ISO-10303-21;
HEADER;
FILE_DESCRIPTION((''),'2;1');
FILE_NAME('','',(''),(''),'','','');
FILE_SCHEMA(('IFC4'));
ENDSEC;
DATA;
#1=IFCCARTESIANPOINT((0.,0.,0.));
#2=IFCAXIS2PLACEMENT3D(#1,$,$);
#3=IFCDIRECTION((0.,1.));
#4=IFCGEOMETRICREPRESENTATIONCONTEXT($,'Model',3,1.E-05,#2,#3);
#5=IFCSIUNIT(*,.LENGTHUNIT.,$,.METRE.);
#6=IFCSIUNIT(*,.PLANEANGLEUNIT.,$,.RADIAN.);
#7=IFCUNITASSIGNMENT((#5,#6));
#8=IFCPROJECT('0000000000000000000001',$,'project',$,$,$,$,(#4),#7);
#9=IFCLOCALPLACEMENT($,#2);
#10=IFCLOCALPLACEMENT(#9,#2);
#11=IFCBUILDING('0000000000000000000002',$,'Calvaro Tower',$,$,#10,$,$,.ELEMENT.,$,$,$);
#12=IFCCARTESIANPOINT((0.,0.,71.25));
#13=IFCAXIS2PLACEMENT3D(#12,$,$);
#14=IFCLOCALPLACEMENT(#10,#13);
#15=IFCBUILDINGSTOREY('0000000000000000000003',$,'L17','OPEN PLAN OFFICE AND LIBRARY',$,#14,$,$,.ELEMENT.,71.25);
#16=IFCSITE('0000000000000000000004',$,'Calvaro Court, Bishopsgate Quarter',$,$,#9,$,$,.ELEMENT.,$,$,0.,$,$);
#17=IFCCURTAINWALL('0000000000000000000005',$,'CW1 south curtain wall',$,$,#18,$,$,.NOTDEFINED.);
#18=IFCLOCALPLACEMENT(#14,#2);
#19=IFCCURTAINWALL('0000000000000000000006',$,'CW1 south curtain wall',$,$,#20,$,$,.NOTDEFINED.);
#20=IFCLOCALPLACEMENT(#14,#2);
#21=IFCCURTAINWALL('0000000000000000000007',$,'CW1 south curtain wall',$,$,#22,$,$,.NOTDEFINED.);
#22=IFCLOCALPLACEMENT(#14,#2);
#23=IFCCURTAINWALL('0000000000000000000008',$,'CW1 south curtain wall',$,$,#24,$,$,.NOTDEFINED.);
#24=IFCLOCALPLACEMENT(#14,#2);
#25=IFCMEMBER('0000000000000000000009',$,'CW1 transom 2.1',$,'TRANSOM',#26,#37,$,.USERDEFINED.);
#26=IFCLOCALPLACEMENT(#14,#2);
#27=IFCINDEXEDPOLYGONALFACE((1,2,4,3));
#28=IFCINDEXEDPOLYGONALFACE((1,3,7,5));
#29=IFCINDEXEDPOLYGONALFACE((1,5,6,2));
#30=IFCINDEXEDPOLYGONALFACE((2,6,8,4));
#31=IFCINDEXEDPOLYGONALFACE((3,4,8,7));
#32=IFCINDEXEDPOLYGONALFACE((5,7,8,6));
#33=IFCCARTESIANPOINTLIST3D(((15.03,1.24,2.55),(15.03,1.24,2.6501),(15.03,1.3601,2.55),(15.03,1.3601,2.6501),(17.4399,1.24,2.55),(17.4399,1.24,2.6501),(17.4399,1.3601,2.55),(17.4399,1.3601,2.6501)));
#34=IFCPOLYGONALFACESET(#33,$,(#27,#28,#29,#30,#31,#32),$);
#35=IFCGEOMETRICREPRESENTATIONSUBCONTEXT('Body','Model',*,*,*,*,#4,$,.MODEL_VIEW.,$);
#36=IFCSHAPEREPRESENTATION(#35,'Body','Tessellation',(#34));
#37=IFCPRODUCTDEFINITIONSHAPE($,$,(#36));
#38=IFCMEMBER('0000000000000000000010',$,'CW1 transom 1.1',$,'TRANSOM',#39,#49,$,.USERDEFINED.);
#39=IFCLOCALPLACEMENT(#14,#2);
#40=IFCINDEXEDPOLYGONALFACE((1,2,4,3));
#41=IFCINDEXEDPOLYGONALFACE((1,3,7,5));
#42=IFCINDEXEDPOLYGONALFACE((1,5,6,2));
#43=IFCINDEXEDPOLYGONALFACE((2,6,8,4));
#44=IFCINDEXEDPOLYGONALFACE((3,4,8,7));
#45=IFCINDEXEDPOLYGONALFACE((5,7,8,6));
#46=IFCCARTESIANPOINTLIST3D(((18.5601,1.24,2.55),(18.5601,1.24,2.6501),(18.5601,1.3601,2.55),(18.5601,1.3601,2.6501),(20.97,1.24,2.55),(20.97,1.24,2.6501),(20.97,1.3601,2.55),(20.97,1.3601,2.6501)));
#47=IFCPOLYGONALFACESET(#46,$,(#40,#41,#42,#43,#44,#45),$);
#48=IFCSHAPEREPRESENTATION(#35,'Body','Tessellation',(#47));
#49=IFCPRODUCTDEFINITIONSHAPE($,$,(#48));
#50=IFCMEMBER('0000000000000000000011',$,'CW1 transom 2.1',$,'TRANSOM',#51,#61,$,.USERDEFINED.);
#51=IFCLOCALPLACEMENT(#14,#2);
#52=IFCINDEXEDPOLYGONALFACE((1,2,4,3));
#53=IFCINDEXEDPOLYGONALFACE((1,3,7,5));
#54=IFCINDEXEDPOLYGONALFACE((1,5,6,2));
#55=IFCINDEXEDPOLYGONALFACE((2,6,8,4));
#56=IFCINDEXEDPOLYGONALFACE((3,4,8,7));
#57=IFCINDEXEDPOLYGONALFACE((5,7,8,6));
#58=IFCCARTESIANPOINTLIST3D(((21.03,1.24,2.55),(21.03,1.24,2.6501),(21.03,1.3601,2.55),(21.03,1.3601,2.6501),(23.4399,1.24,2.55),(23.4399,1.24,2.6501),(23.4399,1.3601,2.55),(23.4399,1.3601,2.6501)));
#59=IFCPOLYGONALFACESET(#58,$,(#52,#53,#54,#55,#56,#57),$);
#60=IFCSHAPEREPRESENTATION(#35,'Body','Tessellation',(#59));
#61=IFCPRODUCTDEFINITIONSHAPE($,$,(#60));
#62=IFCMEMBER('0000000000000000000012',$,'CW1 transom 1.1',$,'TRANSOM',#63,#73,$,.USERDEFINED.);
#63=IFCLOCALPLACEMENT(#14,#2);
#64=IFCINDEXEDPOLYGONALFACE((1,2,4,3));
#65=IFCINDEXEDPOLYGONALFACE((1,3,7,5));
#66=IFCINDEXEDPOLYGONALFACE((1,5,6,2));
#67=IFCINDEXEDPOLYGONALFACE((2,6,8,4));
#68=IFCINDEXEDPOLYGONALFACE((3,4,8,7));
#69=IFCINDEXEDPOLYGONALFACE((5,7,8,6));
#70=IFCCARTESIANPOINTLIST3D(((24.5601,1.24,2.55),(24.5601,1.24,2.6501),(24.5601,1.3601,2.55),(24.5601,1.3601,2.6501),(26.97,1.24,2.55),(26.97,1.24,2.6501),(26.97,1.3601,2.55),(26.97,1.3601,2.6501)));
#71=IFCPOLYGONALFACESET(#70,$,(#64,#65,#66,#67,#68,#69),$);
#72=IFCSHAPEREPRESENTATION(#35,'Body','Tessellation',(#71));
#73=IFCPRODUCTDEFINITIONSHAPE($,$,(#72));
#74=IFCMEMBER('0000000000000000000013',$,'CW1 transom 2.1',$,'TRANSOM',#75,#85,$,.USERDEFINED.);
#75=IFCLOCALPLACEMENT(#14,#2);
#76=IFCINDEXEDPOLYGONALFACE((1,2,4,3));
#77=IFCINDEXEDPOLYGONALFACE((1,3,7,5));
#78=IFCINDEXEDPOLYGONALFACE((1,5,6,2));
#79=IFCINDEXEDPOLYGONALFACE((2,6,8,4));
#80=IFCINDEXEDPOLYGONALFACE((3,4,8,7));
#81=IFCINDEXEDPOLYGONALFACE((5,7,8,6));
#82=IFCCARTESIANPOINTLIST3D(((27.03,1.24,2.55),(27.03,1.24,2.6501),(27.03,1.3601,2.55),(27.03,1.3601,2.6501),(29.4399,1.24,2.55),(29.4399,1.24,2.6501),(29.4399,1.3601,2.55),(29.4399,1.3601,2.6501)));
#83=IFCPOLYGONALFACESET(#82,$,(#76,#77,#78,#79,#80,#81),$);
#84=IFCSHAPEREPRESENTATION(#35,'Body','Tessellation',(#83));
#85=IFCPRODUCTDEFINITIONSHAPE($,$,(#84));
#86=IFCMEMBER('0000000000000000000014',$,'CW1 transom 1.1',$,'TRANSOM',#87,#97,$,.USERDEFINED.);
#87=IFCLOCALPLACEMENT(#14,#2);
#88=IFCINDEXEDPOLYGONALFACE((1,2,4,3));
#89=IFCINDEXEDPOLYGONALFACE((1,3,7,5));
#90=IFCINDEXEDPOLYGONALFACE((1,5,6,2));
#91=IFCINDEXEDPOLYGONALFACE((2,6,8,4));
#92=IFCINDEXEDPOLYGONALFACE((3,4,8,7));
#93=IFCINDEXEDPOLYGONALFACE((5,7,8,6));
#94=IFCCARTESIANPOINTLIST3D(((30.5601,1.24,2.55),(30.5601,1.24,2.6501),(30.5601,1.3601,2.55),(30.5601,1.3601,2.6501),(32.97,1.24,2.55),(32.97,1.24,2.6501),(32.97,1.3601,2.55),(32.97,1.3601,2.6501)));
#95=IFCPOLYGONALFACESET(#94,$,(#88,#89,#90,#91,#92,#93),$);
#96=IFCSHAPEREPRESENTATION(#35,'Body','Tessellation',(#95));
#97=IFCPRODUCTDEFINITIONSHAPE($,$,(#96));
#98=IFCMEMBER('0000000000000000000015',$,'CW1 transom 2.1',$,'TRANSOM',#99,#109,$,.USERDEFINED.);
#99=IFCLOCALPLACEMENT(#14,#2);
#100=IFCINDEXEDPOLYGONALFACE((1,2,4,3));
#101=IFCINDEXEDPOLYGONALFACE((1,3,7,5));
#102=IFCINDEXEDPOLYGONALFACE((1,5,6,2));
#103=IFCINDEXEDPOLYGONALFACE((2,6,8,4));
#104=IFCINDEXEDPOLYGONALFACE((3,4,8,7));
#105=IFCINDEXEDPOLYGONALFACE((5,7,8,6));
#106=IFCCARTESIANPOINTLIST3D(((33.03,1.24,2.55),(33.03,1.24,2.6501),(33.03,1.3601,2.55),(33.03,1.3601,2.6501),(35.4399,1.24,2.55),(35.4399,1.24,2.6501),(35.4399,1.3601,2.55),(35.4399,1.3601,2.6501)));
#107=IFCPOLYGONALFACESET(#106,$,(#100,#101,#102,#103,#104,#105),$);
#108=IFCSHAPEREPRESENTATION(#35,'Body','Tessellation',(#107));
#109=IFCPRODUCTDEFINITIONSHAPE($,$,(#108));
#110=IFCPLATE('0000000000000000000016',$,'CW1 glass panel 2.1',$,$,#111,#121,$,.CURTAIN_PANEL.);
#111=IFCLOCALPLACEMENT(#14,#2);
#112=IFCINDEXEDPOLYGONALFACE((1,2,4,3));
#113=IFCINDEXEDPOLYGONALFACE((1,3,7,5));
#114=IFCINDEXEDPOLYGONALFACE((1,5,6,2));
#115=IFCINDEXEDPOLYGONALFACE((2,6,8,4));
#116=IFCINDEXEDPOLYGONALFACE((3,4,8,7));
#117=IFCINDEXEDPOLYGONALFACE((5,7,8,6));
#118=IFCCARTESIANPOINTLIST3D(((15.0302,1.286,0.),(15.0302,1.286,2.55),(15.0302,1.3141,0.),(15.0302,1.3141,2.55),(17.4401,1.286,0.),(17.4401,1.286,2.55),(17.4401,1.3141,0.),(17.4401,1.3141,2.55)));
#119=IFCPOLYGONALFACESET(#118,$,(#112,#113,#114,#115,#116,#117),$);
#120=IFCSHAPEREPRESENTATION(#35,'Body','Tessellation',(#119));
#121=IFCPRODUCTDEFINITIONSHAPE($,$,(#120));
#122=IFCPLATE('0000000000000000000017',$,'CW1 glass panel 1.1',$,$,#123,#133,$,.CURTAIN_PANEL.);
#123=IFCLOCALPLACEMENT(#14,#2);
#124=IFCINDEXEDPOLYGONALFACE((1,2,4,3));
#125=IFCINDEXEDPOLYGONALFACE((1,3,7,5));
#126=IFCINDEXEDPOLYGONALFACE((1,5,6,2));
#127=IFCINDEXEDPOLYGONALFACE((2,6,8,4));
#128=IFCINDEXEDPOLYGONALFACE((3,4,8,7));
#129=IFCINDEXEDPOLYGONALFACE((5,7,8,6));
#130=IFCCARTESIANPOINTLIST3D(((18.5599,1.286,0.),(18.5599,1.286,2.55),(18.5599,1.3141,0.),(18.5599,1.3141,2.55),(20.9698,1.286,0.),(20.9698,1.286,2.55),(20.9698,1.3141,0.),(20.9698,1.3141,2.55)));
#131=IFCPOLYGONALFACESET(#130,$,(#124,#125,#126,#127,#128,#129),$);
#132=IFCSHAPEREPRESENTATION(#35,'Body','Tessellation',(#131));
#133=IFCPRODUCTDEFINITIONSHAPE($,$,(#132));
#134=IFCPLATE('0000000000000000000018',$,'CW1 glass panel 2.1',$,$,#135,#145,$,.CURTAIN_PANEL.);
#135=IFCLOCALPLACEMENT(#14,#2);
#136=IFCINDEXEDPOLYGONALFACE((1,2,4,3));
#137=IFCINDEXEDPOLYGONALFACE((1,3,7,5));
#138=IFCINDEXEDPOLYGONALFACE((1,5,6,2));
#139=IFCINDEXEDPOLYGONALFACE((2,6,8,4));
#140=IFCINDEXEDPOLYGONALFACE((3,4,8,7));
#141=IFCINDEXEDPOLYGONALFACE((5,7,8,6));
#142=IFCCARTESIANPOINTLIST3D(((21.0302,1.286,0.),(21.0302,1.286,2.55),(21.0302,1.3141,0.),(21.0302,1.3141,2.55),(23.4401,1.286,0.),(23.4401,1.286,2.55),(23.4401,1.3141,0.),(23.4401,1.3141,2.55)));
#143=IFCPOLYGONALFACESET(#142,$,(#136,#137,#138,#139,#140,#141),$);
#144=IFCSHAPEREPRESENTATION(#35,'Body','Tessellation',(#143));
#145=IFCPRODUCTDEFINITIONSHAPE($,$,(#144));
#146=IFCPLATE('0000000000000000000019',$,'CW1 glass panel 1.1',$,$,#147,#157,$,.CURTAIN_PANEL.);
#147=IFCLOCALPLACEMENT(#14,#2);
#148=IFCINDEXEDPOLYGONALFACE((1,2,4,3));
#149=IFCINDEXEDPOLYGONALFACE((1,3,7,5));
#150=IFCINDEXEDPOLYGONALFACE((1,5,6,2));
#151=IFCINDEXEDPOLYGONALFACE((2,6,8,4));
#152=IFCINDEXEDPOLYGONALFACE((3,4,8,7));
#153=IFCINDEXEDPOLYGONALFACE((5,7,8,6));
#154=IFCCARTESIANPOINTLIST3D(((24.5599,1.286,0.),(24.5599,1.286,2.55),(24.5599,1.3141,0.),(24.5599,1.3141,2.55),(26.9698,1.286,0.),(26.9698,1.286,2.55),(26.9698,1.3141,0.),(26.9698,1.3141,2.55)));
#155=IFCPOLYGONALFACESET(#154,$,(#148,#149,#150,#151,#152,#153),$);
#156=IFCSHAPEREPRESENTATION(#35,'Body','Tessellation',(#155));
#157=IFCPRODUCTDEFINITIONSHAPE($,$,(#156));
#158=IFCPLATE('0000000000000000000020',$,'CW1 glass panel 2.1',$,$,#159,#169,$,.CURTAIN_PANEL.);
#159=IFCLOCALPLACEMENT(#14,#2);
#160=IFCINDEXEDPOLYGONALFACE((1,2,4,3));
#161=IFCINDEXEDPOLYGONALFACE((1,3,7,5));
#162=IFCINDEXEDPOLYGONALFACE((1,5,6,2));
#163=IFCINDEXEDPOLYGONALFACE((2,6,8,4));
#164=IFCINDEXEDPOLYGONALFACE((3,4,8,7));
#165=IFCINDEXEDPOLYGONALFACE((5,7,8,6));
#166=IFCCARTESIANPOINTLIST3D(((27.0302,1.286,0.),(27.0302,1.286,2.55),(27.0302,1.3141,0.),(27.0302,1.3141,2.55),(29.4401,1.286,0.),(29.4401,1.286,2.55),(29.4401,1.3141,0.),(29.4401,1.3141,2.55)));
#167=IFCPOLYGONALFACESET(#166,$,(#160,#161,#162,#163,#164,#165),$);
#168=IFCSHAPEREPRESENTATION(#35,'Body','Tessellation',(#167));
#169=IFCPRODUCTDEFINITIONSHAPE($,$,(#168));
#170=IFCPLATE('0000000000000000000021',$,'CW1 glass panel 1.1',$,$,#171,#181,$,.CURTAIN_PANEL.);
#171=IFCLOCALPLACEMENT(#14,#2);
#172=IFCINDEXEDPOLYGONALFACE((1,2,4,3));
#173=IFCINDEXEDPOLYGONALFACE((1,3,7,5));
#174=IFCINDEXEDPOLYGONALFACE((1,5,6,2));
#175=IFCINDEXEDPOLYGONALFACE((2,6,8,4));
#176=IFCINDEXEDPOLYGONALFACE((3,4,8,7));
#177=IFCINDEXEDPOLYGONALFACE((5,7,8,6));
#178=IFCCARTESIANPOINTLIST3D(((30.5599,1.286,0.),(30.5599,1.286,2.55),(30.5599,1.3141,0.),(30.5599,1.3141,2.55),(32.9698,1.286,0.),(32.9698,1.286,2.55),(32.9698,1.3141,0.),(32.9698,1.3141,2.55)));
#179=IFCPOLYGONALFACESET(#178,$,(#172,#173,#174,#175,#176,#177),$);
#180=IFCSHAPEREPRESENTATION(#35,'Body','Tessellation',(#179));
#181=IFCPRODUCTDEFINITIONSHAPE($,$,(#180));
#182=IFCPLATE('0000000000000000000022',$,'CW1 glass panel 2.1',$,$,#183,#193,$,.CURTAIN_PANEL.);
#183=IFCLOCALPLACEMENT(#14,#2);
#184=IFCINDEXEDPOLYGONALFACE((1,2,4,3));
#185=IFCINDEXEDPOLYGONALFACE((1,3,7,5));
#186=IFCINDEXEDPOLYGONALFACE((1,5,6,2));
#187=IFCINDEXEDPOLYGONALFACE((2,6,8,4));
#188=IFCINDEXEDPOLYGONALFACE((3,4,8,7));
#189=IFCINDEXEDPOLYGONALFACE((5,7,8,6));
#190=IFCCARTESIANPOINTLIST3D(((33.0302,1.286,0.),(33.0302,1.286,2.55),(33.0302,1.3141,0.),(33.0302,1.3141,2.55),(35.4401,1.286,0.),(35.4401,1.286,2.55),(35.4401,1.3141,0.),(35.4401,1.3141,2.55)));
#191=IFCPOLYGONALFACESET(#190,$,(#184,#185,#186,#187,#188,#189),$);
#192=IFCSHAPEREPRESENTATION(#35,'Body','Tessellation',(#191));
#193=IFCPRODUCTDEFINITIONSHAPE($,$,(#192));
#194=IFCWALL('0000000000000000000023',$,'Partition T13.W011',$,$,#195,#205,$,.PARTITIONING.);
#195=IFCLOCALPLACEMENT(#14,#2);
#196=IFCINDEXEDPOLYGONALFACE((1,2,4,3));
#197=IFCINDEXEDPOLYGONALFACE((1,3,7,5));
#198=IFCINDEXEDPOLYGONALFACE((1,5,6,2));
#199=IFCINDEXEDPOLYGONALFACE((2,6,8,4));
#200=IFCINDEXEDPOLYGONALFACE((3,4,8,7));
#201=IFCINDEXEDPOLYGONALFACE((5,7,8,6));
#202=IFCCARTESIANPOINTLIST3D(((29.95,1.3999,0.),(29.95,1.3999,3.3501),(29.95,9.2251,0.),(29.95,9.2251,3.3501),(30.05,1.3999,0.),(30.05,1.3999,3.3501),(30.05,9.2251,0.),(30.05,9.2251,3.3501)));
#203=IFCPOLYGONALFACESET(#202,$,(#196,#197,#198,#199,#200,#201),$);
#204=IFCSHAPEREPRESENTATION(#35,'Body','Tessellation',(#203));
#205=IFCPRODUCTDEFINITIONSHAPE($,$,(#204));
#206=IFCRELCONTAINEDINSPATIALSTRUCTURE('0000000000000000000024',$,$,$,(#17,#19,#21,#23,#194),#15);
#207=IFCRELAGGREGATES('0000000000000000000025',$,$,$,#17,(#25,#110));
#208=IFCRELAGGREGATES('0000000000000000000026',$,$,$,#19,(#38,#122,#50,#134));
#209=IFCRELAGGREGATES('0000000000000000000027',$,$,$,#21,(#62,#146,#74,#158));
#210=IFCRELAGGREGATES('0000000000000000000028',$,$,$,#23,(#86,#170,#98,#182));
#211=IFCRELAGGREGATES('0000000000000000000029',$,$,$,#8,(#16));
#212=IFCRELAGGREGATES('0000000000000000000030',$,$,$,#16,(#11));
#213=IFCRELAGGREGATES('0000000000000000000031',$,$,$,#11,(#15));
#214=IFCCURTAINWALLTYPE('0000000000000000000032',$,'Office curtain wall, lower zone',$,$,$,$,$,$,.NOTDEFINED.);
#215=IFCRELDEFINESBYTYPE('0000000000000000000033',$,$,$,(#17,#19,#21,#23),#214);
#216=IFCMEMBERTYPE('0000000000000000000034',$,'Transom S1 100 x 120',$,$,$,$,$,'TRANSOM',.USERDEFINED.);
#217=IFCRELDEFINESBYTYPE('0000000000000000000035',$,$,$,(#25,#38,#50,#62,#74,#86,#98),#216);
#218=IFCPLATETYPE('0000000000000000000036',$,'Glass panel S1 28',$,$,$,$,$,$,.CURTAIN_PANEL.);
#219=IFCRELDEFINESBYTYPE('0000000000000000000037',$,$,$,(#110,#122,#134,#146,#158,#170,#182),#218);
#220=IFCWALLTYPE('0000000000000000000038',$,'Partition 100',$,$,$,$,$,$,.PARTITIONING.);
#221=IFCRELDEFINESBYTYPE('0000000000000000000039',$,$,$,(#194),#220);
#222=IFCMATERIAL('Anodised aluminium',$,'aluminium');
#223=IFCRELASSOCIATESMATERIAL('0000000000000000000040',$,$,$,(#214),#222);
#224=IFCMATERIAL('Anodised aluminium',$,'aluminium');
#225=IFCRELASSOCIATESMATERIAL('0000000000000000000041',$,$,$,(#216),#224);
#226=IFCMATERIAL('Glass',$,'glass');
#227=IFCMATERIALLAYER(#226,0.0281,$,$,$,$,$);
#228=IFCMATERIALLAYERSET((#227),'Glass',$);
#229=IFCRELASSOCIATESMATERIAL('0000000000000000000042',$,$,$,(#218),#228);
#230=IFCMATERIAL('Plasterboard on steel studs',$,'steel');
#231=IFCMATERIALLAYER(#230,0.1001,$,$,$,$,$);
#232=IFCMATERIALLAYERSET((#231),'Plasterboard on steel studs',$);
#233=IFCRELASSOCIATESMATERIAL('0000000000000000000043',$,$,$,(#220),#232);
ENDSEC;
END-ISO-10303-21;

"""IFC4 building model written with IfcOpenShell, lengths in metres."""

from ifc_helpers import new_model, si_unit, direction, frame, frame_2d, origin, origin_2d, place, context, subcontext, project, spatial, rectangle, extrude, material, layer, layer_set, material_profile, profile_set, type_object, element, aggregate, save


model = new_model("IFC4")

# Units and contexts
model_context = context("Model", 3, precision=1e-05, world=origin(), true_north=direction((0.0, 1.0)))
body_context = subcontext(model_context, "Body", "Model", "MODEL_VIEW")
ifc_project = project(units=[si_unit("LENGTHUNIT", "METRE"), si_unit("PLANEANGLEUNIT", "RADIAN")], contexts=[model_context])

# Site, building, storey
site_placement = place(None, origin())
site = spatial("IfcSite", under=ifc_project, at=site_placement, Name="Calvaro Court, Bishopsgate Quarter", CompositionType="ELEMENT", RefElevation=0.0)
building_placement = place(site_placement, origin())
building = spatial("IfcBuilding", under=site, at=building_placement, Name="Calvaro Tower", CompositionType="ELEMENT")
storey_placement = place(building_placement, frame((0.0, 0.0, 71.25)))
storey = spatial("IfcBuildingStorey", under=building, at=storey_placement, Name="L17", Description="OPEN PLAN OFFICE AND LIBRARY", CompositionType="ELEMENT", Elevation=71.25)

# Curtain walls
ifc_material_1 = material(Name="Anodised aluminium", Category="aluminium")
curtain_wall_type = type_object("IfcCurtainWallType", Name="Office curtain wall, lower zone", PredefinedType="NOTDEFINED", material=ifc_material_1)
curtain_wall_1_placement = place(storey_placement, origin())
curtain_wall_1 = element("IfcCurtainWall", 1, at=curtain_wall_1_placement, inside=storey, type_object=curtain_wall_type, Name="CW1 south curtain wall", PredefinedType="NOTDEFINED")
curtain_wall_2_placement = place(storey_placement, origin())
curtain_wall_2 = element("IfcCurtainWall", 2, at=curtain_wall_2_placement, inside=storey, type_object=curtain_wall_type, Name="CW1 south curtain wall", PredefinedType="NOTDEFINED")
curtain_wall_3_placement = place(storey_placement, origin())
curtain_wall_3 = element("IfcCurtainWall", 3, at=curtain_wall_3_placement, inside=storey, type_object=curtain_wall_type, Name="CW1 south curtain wall", PredefinedType="NOTDEFINED")
curtain_wall_4_placement = place(storey_placement, origin())
curtain_wall_4 = element("IfcCurtainWall", 4, at=curtain_wall_4_placement, inside=storey, type_object=curtain_wall_type, Name="CW1 south curtain wall", PredefinedType="NOTDEFINED")

# Members
ifc_material_2 = material(Name="Anodised aluminium", Category="aluminium")
ifc_material_profile_1 = material_profile(ifc_material_2, rectangle(XDim=0.1201, YDim=0.1001, at=origin_2d()), Name="Transom S1 100 x 120")
ifc_profile_set_1 = profile_set([ifc_material_profile_1], Name="Anodised aluminium")
member_type_1 = type_object("IfcMemberType", Name="Transom S1 100 x 120", ElementType="TRANSOM", PredefinedType="USERDEFINED", material=ifc_profile_set_1)
member_1_placement = place(storey_placement, frame((15.03, 1.3, 2.6001), z_axis=(1.0, 0.0, 0.0), x_axis=(0.0, 1.0, 0.0)))
member_1 = element("IfcMember", 5, at=member_1_placement, type_object=member_type_1, Name="CW1 transom 2.1", ObjectType="TRANSOM", PredefinedType="USERDEFINED", context=body_context, shape_type="SweptSolid", body=[
    extrude(rectangle(XDim=0.1201, YDim=0.1001, at=origin_2d()), origin(), (0.0, 0.0, 1.0), 2.4099),
])
member_2_placement = place(storey_placement, frame((18.5601, 1.3, 2.6001), z_axis=(1.0, 0.0, 0.0), x_axis=(0.0, 1.0, 0.0)))
member_2 = element("IfcMember", 6, at=member_2_placement, type_object=member_type_1, Name="CW1 transom 1.1", ObjectType="TRANSOM", PredefinedType="USERDEFINED", context=body_context, shape_type="SweptSolid", body=[
    extrude(rectangle(XDim=0.1201, YDim=0.1001, at=origin_2d()), origin(), (0.0, 0.0, 1.0), 2.4099),
])
member_3_placement = place(storey_placement, frame((21.03, 1.3, 2.6001), z_axis=(1.0, 0.0, 0.0), x_axis=(0.0, 1.0, 0.0)))
member_3 = element("IfcMember", 7, at=member_3_placement, type_object=member_type_1, Name="CW1 transom 2.1", ObjectType="TRANSOM", PredefinedType="USERDEFINED", context=body_context, shape_type="SweptSolid", body=[
    extrude(rectangle(XDim=0.1201, YDim=0.1001, at=origin_2d()), origin(), (0.0, 0.0, 1.0), 2.4099),
])
member_4_placement = place(storey_placement, frame((24.5601, 1.3, 2.6001), z_axis=(1.0, 0.0, 0.0), x_axis=(0.0, 1.0, 0.0)))
member_4 = element("IfcMember", 8, at=member_4_placement, type_object=member_type_1, Name="CW1 transom 1.1", ObjectType="TRANSOM", PredefinedType="USERDEFINED", context=body_context, shape_type="SweptSolid", body=[
    extrude(rectangle(XDim=0.1201, YDim=0.1001, at=origin_2d()), origin(), (0.0, 0.0, 1.0), 2.4099),
])
member_5_placement = place(storey_placement, frame((27.03, 1.3, 2.6001), z_axis=(1.0, 0.0, 0.0), x_axis=(0.0, 1.0, 0.0)))
member_5 = element("IfcMember", 9, at=member_5_placement, type_object=member_type_1, Name="CW1 transom 2.1", ObjectType="TRANSOM", PredefinedType="USERDEFINED", context=body_context, shape_type="SweptSolid", body=[
    extrude(rectangle(XDim=0.1201, YDim=0.1001, at=origin_2d()), origin(), (0.0, 0.0, 1.0), 2.4099),
])
member_6_placement = place(storey_placement, frame((30.5601, 1.3, 2.6001), z_axis=(1.0, 0.0, 0.0), x_axis=(0.0, 1.0, 0.0)))
member_6 = element("IfcMember", 10, at=member_6_placement, type_object=member_type_1, Name="CW1 transom 1.1", ObjectType="TRANSOM", PredefinedType="USERDEFINED", context=body_context, shape_type="SweptSolid", body=[
    extrude(rectangle(XDim=0.1201, YDim=0.1001, at=origin_2d()), origin(), (0.0, 0.0, 1.0), 2.4099),
])
member_7_placement = place(storey_placement, frame((33.03, 1.3, 2.6001), z_axis=(1.0, 0.0, 0.0), x_axis=(0.0, 1.0, 0.0)))
member_7 = element("IfcMember", 11, at=member_7_placement, type_object=member_type_1, Name="CW1 transom 2.1", ObjectType="TRANSOM", PredefinedType="USERDEFINED", context=body_context, shape_type="SweptSolid", body=[
    extrude(rectangle(XDim=0.1201, YDim=0.1001, at=origin_2d()), origin(), (0.0, 0.0, 1.0), 2.4099),
])

# Plates
ifc_material_3 = material(Name="Glass", Category="glass")
ifc_layer_1 = layer(ifc_material_3, 0.0281)
ifc_layer_set_1 = layer_set([ifc_layer_1], Name="Glass")
plate_type = type_object("IfcPlateType", Name="Glass panel S1 28", PredefinedType="CURTAIN_PANEL", material=ifc_layer_set_1)
plate_1_placement = place(storey_placement, frame((16.2351, 1.3, 0.0), z_axis=(0.0, 0.0, 1.0), x_axis=(1.0, 0.0, 0.0)))
plate_1 = element("IfcPlate", 12, at=plate_1_placement, type_object=plate_type, Name="CW1 glass panel 2.1", PredefinedType="CURTAIN_PANEL", context=body_context, shape_type="SweptSolid", body=[
    extrude(rectangle(XDim=2.4099, YDim=0.0281, at=origin_2d()), origin(), (0.0, 0.0, 1.0), 2.55),
])
aggregate(curtain_wall_1, [member_1, plate_1])
plate_2_placement = place(storey_placement, frame((19.7649, 1.3, 0.0), z_axis=(0.0, 0.0, 1.0), x_axis=(1.0, 0.0, 0.0)))
plate_2 = element("IfcPlate", 13, at=plate_2_placement, type_object=plate_type, Name="CW1 glass panel 1.1", PredefinedType="CURTAIN_PANEL", context=body_context, shape_type="SweptSolid", body=[
    extrude(rectangle(XDim=2.4099, YDim=0.0281, at=origin_2d()), origin(), (0.0, 0.0, 1.0), 2.55),
])
plate_3_placement = place(storey_placement, frame((22.2351, 1.3, 0.0), z_axis=(0.0, 0.0, 1.0), x_axis=(1.0, 0.0, 0.0)))
plate_3 = element("IfcPlate", 14, at=plate_3_placement, type_object=plate_type, Name="CW1 glass panel 2.1", PredefinedType="CURTAIN_PANEL", context=body_context, shape_type="SweptSolid", body=[
    extrude(rectangle(XDim=2.4099, YDim=0.0281, at=origin_2d()), origin(), (0.0, 0.0, 1.0), 2.55),
])
aggregate(curtain_wall_2, [member_2, plate_2, member_3, plate_3])
plate_4_placement = place(storey_placement, frame((25.7649, 1.3, 0.0), z_axis=(0.0, 0.0, 1.0), x_axis=(1.0, 0.0, 0.0)))
plate_4 = element("IfcPlate", 15, at=plate_4_placement, type_object=plate_type, Name="CW1 glass panel 1.1", PredefinedType="CURTAIN_PANEL", context=body_context, shape_type="SweptSolid", body=[
    extrude(rectangle(XDim=2.4099, YDim=0.0281, at=origin_2d()), origin(), (0.0, 0.0, 1.0), 2.55),
])
plate_5_placement = place(storey_placement, frame((28.2351, 1.3, 0.0), z_axis=(0.0, 0.0, 1.0), x_axis=(1.0, 0.0, 0.0)))
plate_5 = element("IfcPlate", 16, at=plate_5_placement, type_object=plate_type, Name="CW1 glass panel 2.1", PredefinedType="CURTAIN_PANEL", context=body_context, shape_type="SweptSolid", body=[
    extrude(rectangle(XDim=2.4099, YDim=0.0281, at=origin_2d()), origin(), (0.0, 0.0, 1.0), 2.55),
])
aggregate(curtain_wall_3, [member_4, plate_4, member_5, plate_5])
plate_6_placement = place(storey_placement, frame((31.7649, 1.3, 0.0), z_axis=(0.0, 0.0, 1.0), x_axis=(1.0, 0.0, 0.0)))
plate_6 = element("IfcPlate", 17, at=plate_6_placement, type_object=plate_type, Name="CW1 glass panel 1.1", PredefinedType="CURTAIN_PANEL", context=body_context, shape_type="SweptSolid", body=[
    extrude(rectangle(XDim=2.4099, YDim=0.0281, at=origin_2d()), origin(), (0.0, 0.0, 1.0), 2.55),
])
plate_7_placement = place(storey_placement, frame((34.2351, 1.3, 0.0), z_axis=(0.0, 0.0, 1.0), x_axis=(1.0, 0.0, 0.0)))
plate_7 = element("IfcPlate", 18, at=plate_7_placement, type_object=plate_type, Name="CW1 glass panel 2.1", PredefinedType="CURTAIN_PANEL", context=body_context, shape_type="SweptSolid", body=[
    extrude(rectangle(XDim=2.4099, YDim=0.0281, at=origin_2d()), origin(), (0.0, 0.0, 1.0), 2.55),
])
aggregate(curtain_wall_4, [member_6, plate_6, member_7, plate_7])

# Wall
ifc_material_4 = material(Name="Plasterboard on steel studs", Category="steel")
ifc_layer_2 = layer(ifc_material_4, 0.1001)
ifc_layer_set_2 = layer_set([ifc_layer_2], Name="Plasterboard on steel studs")
wall_type = type_object("IfcWallType", Name="Partition 100", PredefinedType="PARTITIONING", material=ifc_layer_set_2)
wall_placement = place(storey_placement, frame((30.0, 1.3999, 0.0), z_axis=(0.0, 0.0, 1.0), x_axis=(0.0, 1.0, 0.0)))
element("IfcWall", 19, at=wall_placement, inside=storey, type_object=wall_type, Name="Partition T13.W011", PredefinedType="PARTITIONING", context=body_context, shape_type="SweptSolid", body=[
    extrude(rectangle(XDim=7.8252, YDim=0.1001, at=frame_2d((3.9126, 0.0))), origin(), (0.0, 0.0, 1.0), 3.3501),
])

save(model, "model.ifc")
